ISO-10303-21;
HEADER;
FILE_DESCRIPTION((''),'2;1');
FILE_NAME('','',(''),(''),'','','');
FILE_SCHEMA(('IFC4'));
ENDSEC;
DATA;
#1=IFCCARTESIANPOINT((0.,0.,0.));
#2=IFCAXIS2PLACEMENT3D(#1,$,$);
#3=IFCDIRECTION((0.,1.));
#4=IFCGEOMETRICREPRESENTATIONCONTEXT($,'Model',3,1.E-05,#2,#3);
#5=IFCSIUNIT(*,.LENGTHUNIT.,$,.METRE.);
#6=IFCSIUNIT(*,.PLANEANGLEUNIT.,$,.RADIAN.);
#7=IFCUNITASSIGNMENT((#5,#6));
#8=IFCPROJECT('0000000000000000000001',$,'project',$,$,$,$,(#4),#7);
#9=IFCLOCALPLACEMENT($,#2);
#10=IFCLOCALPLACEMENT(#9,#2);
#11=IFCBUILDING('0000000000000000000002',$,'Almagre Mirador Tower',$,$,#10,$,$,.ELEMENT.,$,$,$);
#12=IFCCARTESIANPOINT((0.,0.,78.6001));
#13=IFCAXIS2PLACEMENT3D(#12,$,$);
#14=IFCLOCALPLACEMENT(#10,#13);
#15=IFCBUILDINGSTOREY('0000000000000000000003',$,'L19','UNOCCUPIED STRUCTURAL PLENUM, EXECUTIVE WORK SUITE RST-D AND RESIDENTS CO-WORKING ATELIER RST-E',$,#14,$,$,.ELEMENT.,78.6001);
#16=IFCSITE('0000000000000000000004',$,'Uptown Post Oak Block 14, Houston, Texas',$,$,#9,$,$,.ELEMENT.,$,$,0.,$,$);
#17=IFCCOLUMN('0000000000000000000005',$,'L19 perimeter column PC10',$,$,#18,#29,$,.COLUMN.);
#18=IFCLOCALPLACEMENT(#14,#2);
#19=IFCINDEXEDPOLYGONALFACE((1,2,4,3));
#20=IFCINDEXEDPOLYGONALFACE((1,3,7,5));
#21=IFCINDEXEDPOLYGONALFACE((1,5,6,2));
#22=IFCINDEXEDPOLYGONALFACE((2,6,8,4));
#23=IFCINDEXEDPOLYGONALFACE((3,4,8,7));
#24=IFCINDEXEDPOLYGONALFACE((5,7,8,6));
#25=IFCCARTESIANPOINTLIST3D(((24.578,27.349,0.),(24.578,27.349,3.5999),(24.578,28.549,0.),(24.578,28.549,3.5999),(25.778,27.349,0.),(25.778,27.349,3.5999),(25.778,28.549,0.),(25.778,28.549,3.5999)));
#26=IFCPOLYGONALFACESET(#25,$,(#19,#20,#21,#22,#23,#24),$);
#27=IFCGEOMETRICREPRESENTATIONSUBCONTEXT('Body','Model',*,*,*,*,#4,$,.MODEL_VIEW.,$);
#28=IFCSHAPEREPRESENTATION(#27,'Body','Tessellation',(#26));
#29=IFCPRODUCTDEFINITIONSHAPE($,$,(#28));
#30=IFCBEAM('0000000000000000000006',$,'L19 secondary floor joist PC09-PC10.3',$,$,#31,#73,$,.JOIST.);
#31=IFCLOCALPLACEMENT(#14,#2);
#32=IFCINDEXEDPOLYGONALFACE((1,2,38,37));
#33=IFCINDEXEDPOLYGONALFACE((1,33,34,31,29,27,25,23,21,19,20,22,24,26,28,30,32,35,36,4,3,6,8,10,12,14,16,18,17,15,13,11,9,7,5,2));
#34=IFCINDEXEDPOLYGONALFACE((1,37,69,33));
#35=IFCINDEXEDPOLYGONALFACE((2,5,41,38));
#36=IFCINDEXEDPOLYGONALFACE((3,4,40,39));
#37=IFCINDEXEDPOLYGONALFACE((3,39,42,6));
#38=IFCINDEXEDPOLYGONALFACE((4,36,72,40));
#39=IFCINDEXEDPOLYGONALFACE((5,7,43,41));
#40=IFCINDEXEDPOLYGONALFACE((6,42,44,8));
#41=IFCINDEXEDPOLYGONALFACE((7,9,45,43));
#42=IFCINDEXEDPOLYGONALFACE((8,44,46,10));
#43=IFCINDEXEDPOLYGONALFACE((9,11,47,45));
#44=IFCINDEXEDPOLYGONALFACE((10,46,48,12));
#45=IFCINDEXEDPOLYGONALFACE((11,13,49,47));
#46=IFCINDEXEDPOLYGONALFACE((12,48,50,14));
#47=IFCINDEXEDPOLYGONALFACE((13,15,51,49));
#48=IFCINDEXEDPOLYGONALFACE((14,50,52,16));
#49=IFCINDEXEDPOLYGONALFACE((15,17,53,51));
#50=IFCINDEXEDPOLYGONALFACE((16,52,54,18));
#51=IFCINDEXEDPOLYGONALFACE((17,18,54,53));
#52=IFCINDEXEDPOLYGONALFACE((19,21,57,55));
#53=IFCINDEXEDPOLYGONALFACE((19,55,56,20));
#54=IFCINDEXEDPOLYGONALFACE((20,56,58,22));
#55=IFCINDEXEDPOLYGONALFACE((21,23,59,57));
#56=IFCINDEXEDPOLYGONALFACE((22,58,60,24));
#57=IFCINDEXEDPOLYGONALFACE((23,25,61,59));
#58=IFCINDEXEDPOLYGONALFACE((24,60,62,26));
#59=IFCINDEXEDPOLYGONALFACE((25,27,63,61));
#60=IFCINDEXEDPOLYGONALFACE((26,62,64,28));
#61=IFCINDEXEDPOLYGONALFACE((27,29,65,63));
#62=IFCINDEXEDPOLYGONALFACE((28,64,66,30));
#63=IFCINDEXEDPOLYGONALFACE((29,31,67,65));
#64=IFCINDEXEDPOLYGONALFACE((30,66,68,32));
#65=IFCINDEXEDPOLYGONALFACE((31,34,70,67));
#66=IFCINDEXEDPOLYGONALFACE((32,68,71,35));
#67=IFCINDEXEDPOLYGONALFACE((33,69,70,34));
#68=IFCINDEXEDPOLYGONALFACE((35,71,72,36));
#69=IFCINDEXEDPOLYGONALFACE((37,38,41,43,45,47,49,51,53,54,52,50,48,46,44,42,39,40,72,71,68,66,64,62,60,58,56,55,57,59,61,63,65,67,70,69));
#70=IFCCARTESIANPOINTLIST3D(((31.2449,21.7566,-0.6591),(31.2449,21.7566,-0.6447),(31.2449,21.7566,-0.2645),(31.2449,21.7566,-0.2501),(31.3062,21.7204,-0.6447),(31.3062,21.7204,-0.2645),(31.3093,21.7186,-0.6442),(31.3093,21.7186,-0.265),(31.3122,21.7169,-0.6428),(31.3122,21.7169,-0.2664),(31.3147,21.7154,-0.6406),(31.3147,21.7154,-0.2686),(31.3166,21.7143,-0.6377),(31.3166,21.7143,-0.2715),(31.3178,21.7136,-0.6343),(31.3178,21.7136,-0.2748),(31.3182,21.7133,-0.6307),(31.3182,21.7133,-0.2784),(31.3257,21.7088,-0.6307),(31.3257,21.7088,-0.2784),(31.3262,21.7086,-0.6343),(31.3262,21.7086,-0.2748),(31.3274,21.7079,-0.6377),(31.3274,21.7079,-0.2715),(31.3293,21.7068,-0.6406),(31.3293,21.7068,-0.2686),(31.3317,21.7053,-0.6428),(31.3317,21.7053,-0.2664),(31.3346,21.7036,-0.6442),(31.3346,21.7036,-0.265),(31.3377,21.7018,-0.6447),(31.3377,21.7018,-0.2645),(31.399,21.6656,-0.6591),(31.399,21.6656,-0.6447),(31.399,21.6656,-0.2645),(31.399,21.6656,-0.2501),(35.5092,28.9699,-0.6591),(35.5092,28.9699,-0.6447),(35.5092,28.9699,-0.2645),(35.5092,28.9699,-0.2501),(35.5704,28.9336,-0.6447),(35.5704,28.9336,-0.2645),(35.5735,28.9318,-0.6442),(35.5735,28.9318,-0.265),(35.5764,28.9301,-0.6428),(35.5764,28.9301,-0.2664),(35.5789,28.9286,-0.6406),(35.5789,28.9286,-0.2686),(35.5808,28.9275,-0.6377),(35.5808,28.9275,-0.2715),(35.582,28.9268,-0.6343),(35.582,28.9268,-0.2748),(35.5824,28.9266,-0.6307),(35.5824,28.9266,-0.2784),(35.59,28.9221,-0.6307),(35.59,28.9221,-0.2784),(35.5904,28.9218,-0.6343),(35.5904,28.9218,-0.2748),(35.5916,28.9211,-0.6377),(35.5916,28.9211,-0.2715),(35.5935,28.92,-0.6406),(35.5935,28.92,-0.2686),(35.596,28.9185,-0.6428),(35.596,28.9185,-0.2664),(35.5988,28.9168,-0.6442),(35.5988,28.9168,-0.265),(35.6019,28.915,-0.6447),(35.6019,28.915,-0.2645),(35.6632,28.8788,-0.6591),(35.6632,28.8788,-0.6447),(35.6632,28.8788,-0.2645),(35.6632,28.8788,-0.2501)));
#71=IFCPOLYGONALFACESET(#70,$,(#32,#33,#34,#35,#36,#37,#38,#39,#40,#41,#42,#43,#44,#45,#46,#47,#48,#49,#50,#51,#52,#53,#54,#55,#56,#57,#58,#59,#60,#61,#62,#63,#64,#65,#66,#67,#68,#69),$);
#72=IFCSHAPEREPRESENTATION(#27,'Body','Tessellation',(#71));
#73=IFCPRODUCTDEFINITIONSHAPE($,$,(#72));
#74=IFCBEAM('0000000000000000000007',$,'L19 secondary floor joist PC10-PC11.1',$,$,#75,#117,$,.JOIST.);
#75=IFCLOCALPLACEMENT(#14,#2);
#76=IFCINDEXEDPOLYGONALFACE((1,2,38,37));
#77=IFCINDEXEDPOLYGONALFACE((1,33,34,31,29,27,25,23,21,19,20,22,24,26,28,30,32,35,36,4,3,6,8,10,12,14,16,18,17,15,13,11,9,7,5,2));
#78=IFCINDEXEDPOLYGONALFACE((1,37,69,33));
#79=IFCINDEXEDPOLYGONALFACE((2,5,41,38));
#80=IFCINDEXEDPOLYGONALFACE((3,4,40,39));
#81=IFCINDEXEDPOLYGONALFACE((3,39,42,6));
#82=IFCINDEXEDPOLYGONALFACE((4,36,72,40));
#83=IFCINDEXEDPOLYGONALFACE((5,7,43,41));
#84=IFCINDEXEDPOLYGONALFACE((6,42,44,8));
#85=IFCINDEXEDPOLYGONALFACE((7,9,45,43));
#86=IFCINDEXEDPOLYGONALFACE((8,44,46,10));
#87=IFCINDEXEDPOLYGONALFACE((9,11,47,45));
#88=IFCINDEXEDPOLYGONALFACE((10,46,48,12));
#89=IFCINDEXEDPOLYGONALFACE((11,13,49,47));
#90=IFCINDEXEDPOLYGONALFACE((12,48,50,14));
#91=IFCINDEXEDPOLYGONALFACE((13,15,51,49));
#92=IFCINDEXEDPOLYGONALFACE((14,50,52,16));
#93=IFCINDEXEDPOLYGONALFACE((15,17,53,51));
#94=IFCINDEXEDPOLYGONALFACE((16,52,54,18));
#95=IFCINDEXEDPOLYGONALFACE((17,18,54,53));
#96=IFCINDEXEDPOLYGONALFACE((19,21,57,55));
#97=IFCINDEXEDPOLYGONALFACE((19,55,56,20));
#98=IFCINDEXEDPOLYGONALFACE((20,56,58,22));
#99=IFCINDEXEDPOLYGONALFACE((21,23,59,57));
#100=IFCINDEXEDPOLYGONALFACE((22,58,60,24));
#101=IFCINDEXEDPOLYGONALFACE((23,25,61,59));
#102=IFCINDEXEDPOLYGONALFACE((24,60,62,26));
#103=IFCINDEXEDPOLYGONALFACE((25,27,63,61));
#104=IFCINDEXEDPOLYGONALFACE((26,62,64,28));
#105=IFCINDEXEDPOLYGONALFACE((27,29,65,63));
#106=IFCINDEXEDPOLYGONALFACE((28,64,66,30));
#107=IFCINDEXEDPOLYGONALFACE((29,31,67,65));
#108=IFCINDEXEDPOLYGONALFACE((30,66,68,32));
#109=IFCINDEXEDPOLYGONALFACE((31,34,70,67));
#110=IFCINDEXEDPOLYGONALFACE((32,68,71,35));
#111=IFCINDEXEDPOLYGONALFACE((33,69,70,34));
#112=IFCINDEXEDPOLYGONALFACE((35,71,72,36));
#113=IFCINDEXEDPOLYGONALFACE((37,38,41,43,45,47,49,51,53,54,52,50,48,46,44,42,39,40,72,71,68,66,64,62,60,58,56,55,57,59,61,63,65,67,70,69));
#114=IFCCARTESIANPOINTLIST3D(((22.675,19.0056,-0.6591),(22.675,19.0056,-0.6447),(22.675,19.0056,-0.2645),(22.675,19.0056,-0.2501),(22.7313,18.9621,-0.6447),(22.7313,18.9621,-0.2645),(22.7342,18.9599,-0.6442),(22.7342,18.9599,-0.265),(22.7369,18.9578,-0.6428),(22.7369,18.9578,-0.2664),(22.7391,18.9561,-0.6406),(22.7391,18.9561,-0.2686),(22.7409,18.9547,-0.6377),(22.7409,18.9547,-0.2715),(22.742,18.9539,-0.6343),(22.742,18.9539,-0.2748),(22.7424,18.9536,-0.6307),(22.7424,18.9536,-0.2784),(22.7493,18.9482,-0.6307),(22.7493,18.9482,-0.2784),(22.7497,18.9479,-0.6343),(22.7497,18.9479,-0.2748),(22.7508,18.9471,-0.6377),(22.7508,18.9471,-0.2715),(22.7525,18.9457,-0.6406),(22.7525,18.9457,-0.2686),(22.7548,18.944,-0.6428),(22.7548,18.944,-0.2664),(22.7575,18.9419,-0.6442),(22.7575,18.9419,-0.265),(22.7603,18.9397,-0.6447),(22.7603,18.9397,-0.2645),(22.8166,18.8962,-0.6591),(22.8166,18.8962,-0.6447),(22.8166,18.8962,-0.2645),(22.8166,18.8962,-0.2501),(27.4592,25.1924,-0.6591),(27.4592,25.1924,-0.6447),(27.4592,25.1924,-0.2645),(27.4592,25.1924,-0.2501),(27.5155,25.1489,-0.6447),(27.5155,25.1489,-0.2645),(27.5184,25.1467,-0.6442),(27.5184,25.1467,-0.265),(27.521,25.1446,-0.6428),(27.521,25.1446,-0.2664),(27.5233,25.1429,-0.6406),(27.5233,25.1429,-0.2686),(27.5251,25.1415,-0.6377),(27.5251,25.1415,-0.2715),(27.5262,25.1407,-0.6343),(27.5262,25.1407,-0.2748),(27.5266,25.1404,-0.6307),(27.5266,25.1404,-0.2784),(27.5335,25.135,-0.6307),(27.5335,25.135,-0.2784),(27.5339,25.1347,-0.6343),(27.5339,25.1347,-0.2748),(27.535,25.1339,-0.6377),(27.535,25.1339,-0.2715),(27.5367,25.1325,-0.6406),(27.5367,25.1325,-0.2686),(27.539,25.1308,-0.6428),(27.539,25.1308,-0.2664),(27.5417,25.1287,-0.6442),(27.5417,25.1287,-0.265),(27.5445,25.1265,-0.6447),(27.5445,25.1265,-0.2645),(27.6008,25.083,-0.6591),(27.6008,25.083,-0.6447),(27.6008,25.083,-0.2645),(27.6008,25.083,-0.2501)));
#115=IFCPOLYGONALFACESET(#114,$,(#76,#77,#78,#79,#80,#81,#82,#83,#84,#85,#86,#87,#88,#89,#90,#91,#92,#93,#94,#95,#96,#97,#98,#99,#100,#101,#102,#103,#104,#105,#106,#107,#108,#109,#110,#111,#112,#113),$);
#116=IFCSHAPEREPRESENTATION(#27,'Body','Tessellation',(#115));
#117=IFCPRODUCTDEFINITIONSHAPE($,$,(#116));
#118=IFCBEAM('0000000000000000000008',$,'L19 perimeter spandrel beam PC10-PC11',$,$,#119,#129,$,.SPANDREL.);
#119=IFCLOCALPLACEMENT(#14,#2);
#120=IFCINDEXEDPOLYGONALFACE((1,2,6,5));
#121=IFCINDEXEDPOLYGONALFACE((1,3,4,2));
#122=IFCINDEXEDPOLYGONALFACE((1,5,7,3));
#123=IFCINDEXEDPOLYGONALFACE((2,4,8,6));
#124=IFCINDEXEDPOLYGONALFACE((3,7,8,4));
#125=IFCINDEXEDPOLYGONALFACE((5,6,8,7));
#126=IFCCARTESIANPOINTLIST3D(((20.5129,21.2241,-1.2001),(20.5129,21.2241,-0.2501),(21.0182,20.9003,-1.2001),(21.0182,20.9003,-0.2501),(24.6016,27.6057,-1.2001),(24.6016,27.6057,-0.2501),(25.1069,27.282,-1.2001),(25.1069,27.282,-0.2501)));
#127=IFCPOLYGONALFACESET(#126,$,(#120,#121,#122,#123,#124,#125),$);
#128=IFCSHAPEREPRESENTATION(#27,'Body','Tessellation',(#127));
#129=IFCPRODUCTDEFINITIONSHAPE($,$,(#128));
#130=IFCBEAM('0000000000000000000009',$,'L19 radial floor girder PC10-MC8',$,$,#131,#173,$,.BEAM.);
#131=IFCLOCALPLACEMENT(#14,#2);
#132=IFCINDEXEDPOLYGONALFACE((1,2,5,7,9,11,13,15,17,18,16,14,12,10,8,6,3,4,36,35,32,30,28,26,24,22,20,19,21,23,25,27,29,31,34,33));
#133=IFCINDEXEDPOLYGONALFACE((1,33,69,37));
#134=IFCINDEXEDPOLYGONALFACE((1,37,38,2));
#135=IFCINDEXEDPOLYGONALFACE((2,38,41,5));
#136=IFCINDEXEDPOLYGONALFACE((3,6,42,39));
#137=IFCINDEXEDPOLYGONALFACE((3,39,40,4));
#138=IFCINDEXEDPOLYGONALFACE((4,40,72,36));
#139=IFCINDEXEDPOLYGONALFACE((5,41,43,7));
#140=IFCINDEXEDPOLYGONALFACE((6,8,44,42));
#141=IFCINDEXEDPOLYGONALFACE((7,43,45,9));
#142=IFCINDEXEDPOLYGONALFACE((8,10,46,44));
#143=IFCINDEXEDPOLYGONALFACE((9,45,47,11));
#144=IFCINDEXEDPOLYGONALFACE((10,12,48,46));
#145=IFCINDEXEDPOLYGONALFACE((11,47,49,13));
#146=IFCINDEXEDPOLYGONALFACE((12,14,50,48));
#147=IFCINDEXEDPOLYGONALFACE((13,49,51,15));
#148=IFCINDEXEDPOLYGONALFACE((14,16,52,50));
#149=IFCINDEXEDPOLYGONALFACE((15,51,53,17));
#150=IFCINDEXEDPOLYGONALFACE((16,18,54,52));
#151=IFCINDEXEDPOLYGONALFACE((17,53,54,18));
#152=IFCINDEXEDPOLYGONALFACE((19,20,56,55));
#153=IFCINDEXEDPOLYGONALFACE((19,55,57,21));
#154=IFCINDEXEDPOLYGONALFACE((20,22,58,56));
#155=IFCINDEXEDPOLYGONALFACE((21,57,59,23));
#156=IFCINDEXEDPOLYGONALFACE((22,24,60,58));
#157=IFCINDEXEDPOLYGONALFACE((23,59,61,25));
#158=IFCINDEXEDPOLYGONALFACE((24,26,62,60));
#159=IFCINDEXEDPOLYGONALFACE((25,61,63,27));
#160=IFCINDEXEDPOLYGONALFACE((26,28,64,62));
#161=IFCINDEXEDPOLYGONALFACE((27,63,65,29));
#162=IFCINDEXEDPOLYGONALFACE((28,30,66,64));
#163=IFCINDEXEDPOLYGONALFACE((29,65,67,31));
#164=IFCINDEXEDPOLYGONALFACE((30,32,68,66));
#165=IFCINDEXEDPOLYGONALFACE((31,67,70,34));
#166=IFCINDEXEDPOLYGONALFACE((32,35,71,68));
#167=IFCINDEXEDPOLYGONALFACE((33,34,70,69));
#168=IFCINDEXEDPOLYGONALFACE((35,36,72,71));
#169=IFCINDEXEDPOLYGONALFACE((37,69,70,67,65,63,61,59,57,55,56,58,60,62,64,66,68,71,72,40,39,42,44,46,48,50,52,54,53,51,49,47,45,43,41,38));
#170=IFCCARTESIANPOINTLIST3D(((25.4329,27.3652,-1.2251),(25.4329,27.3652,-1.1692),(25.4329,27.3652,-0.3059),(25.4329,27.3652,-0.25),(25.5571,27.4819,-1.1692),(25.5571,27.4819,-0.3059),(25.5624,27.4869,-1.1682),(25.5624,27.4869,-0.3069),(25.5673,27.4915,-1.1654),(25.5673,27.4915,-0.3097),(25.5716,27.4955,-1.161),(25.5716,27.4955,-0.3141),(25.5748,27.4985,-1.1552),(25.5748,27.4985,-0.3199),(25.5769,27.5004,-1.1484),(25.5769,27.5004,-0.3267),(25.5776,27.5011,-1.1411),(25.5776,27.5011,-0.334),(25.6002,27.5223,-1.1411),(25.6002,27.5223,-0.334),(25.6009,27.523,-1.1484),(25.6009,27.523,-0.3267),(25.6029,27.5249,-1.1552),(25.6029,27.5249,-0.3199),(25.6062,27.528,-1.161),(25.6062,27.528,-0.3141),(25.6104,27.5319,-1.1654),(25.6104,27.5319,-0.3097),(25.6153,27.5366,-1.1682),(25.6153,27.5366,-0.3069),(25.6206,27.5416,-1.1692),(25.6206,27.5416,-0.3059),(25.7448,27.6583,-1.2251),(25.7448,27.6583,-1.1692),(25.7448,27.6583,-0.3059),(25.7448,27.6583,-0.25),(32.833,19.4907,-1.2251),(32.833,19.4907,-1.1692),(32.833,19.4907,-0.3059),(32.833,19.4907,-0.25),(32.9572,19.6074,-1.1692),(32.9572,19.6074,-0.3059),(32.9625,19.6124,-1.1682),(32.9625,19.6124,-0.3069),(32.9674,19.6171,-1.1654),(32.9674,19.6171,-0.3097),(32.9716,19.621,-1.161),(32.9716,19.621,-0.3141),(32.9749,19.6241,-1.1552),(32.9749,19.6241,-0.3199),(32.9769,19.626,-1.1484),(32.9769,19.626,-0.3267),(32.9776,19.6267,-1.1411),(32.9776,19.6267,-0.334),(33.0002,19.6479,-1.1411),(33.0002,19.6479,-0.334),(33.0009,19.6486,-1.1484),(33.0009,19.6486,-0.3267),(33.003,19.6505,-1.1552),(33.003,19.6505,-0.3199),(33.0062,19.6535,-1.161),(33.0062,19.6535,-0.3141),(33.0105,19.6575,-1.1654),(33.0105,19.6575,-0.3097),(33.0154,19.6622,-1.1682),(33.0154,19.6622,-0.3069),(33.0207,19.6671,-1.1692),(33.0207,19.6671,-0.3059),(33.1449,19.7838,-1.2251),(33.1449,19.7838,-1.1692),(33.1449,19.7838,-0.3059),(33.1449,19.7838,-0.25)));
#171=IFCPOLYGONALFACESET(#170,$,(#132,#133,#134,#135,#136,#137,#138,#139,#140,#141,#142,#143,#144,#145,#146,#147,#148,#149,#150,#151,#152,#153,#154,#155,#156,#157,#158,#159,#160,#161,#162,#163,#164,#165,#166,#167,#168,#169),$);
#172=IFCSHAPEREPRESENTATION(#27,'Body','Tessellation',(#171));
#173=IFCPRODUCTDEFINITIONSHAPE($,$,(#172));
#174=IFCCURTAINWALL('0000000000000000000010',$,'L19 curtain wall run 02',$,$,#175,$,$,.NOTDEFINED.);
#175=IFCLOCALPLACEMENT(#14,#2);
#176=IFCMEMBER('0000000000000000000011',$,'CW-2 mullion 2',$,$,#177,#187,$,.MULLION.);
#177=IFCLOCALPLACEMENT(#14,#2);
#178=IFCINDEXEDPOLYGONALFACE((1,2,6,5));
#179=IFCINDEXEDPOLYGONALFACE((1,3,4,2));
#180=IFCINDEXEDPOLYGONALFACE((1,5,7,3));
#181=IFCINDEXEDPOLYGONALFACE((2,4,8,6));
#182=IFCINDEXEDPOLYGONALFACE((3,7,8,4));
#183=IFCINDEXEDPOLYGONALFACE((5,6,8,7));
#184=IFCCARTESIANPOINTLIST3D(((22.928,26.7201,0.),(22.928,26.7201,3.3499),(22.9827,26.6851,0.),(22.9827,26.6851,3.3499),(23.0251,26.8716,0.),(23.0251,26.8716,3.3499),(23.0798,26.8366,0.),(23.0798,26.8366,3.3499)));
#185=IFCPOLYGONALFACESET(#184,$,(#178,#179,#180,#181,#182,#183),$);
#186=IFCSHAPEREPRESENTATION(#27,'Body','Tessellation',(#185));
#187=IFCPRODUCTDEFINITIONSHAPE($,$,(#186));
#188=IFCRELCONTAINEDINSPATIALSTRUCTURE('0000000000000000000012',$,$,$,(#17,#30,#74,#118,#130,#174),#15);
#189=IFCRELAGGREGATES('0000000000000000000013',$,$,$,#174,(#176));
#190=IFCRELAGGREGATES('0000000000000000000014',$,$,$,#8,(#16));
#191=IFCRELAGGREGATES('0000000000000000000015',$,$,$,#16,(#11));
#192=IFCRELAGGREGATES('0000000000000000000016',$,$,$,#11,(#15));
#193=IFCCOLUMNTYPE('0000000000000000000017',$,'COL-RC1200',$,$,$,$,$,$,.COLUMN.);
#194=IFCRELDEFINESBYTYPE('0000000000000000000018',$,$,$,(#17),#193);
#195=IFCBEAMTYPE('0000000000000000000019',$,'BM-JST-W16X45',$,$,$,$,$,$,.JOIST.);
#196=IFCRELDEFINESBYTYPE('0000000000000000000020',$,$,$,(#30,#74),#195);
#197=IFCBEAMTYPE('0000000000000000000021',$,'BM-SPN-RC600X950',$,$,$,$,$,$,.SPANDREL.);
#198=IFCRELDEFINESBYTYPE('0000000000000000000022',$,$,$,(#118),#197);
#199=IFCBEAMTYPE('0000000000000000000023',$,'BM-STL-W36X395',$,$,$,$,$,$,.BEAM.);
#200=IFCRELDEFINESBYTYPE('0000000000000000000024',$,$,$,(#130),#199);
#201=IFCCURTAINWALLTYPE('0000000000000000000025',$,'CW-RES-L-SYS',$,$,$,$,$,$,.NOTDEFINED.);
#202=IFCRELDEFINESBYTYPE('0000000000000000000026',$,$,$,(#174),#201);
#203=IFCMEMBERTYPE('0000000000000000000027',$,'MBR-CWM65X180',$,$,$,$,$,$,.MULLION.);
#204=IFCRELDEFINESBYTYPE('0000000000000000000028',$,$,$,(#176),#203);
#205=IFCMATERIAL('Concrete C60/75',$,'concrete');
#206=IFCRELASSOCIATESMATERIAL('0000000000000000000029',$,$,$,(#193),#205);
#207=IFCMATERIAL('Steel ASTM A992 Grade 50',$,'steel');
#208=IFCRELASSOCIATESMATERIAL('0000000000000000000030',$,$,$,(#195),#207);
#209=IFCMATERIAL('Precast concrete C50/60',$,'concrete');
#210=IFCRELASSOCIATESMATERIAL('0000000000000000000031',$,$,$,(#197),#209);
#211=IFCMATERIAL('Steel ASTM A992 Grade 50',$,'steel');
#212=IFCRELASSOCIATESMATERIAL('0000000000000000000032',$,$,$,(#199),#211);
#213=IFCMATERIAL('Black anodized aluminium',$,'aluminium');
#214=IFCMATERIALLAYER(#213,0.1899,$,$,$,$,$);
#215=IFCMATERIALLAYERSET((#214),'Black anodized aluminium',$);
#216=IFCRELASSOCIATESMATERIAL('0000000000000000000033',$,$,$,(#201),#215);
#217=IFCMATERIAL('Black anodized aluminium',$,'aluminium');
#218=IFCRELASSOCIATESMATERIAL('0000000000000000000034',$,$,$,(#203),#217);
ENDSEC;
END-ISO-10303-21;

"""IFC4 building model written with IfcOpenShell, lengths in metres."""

from ifc_helpers import new_model, si_unit, direction, frame, origin, origin_2d, place, context, subcontext, project, spatial, rectangle, i_section, extrude, material, layer, layer_set, material_profile, profile_set, type_object, element, aggregate, save


model = new_model("IFC4")

# Units and contexts
model_context = context("Model", 3, precision=1e-05, world=origin(), true_north=direction((0.0, 1.0)))
body_context = subcontext(model_context, "Body", "Model", "MODEL_VIEW")
ifc_project = project(units=[si_unit("LENGTHUNIT", "METRE"), si_unit("PLANEANGLEUNIT", "RADIAN")], contexts=[model_context])

# Site, building, storey
site_placement = place(None, origin())
site = spatial("IfcSite", under=ifc_project, at=site_placement, Name="Uptown Post Oak Block 14, Houston, Texas", CompositionType="ELEMENT", RefElevation=0.0)
building_placement = place(site_placement, origin())
building = spatial("IfcBuilding", under=site, at=building_placement, Name="Almagre Mirador Tower", CompositionType="ELEMENT")
storey_placement = place(building_placement, frame((0.0, 0.0, 78.6001)))
storey = spatial("IfcBuildingStorey", under=building, at=storey_placement, Name="L19", Description="UNOCCUPIED STRUCTURAL PLENUM, EXECUTIVE WORK SUITE RST-D AND RESIDENTS CO-WORKING ATELIER RST-E", CompositionType="ELEMENT", Elevation=78.6001)

# Column
ifc_material_1 = material(Name="Concrete C60/75", Category="concrete")
ifc_material_profile_1 = material_profile(ifc_material_1, rectangle(XDim=1.2, YDim=1.2, at=origin_2d()), Name="RC1200X1200")
ifc_profile_set_1 = profile_set([ifc_material_profile_1], Name="Concrete C60/75")
column_type = type_object("IfcColumnType", Name="COL-RC1200", PredefinedType="COLUMN", material=ifc_profile_set_1)
column_placement = place(storey_placement, frame((25.178, 27.949, 0.0), z_axis=(0.0, 0.0, 1.0), x_axis=(1.0, 0.0, 0.0)))
element("IfcColumn", 1, at=column_placement, inside=storey, type_object=column_type, Name="L19 perimeter column PC10", PredefinedType="COLUMN", context=body_context, shape_type="SweptSolid", body=[
    extrude(rectangle(XDim=1.2, YDim=1.2, at=origin_2d()), origin(), (0.0, 0.0, 1.0), 3.5999),
])

# Beams
ifc_material_2 = material(Name="Steel ASTM A992 Grade 50", Category="steel")
ifc_material_profile_2 = material_profile(ifc_material_2, i_section(OverallWidth=0.179, OverallDepth=0.4089, WebThickness=0.0088, FlangeThickness=0.0144, FilletRadius=0.0139, at=origin_2d()), Name="W16X45")
ifc_profile_set_2 = profile_set([ifc_material_profile_2], Name="Steel ASTM A992 Grade 50")
beam_type_1 = type_object("IfcBeamType", Name="BM-JST-W16X45", PredefinedType="JOIST", material=ifc_profile_set_2)
beam_1_placement = place(storey_placement, frame((35.5862, 28.9243, -0.4546), z_axis=(-0.508893, -0.86083, 0.0), x_axis=(0.86083, -0.508893, 0.0)))
element("IfcBeam", 2, at=beam_1_placement, inside=storey, type_object=beam_type_1, Name="L19 secondary floor joist PC09-PC10.3", PredefinedType="JOIST", context=body_context, shape_type="SweptSolid", body=[
    extrude(i_section(OverallWidth=0.179, OverallDepth=0.4089, WebThickness=0.0088, FlangeThickness=0.0144, FilletRadius=0.0139, at=origin_2d()), origin(), (0.0, 0.0, 1.0), 8.3794),
])
beam_2_placement = place(storey_placement, frame((27.53, 25.1377, -0.4546), z_axis=(-0.611727, -0.791069, 0.0), x_axis=(0.791069, -0.611727, 0.0)))
element("IfcBeam", 3, at=beam_2_placement, inside=storey, type_object=beam_type_1, Name="L19 secondary floor joist PC10-PC11.1", PredefinedType="JOIST", context=body_context, shape_type="SweptSolid", body=[
    extrude(i_section(OverallWidth=0.179, OverallDepth=0.4089, WebThickness=0.0088, FlangeThickness=0.0144, FilletRadius=0.0139, at=origin_2d()), origin(), (0.0, 0.0, 1.0), 7.8208),
])
ifc_material_3 = material(Name="Precast concrete C50/60", Category="concrete")
ifc_material_profile_3 = material_profile(ifc_material_3, rectangle(XDim=0.6001, YDim=0.95, at=origin_2d()), Name="RC600X950")
ifc_profile_set_3 = profile_set([ifc_material_profile_3], Name="Precast concrete C50/60")
beam_type_2 = type_object("IfcBeamType", Name="BM-SPN-RC600X950", PredefinedType="SPANDREL", material=ifc_profile_set_3)
beam_3_placement = place(storey_placement, frame((24.8542, 27.4438, -0.7251), z_axis=(-0.539466, -0.842007, 0.0), x_axis=(0.842007, -0.539466, 0.0)))
element("IfcBeam", 4, at=beam_3_placement, inside=storey, type_object=beam_type_2, Name="L19 perimeter spandrel beam PC10-PC11", PredefinedType="SPANDREL", context=body_context, shape_type="SweptSolid", body=[
    extrude(rectangle(XDim=0.6001, YDim=0.95, at=origin_2d()), origin(), (0.0, 0.0, 1.0), 7.5791),
])
ifc_material_4 = material(Name="Steel ASTM A992 Grade 50", Category="steel")
ifc_material_profile_4 = material_profile(ifc_material_4, i_section(OverallWidth=0.428, OverallDepth=0.9751, WebThickness=0.031, FlangeThickness=0.0559, FilletRadius=0.0281, at=origin_2d()), Name="W36X395")
ifc_profile_set_4 = profile_set([ifc_material_profile_4], Name="Steel ASTM A992 Grade 50")
beam_type_3 = type_object("IfcBeamType", Name="BM-STL-W36X395", PredefinedType="BEAM", material=ifc_profile_set_4)
beam_4_placement = place(storey_placement, frame((25.5889, 27.5117, -0.7375), z_axis=(0.684817, -0.728715, 0.0), x_axis=(0.728715, 0.684817, 0.0)))
element("IfcBeam", 5, at=beam_4_placement, inside=storey, type_object=beam_type_3, Name="L19 radial floor girder PC10-MC8", PredefinedType="BEAM", context=body_context, shape_type="SweptSolid", body=[
    extrude(i_section(OverallWidth=0.428, OverallDepth=0.9751, WebThickness=0.031, FlangeThickness=0.0559, FilletRadius=0.0281, at=origin_2d()), origin(), (0.0, 0.0, 1.0), 10.8059),
])

# Curtain wall, member
ifc_material_5 = material(Name="Black anodized aluminium", Category="aluminium")
ifc_layer_1 = layer(ifc_material_5, 0.1899)
ifc_layer_set_1 = layer_set([ifc_layer_1], Name="Black anodized aluminium")
curtain_wall_type = type_object("IfcCurtainWallType", Name="CW-RES-L-SYS", PredefinedType="NOTDEFINED", material=ifc_layer_set_1)
curtain_wall_placement = place(storey_placement, origin())
curtain_wall = element("IfcCurtainWall", 6, at=curtain_wall_placement, inside=storey, type_object=curtain_wall_type, Name="L19 curtain wall run 02", PredefinedType="NOTDEFINED")
ifc_material_6 = material(Name="Black anodized aluminium", Category="aluminium")
ifc_material_profile_5 = material_profile(ifc_material_6, rectangle(XDim=0.0649, YDim=0.1799, at=origin_2d()), Name="CWM65X180")
ifc_profile_set_5 = profile_set([ifc_material_profile_5], Name="Black anodized aluminium")
member_type_1 = type_object("IfcMemberType", Name="MBR-CWM65X180", PredefinedType="MULLION", material=ifc_profile_set_5)
member_1_placement = place(storey_placement, frame((23.0039, 26.7783, 0.0), z_axis=(0.0, 0.0, 1.0), x_axis=(-0.842015, 0.539455, 0.0)))
member_1 = element("IfcMember", 7, at=member_1_placement, type_object=member_type_1, Name="CW-2 mullion 2", PredefinedType="MULLION", context=body_context, shape_type="SweptSolid", body=[
    extrude(rectangle(XDim=0.0649, YDim=0.1799, at=origin_2d()), origin(), (0.0, 0.0, 1.0), 3.3499),
])
aggregate(curtain_wall, [member_1])

save(model, "model.ifc")
